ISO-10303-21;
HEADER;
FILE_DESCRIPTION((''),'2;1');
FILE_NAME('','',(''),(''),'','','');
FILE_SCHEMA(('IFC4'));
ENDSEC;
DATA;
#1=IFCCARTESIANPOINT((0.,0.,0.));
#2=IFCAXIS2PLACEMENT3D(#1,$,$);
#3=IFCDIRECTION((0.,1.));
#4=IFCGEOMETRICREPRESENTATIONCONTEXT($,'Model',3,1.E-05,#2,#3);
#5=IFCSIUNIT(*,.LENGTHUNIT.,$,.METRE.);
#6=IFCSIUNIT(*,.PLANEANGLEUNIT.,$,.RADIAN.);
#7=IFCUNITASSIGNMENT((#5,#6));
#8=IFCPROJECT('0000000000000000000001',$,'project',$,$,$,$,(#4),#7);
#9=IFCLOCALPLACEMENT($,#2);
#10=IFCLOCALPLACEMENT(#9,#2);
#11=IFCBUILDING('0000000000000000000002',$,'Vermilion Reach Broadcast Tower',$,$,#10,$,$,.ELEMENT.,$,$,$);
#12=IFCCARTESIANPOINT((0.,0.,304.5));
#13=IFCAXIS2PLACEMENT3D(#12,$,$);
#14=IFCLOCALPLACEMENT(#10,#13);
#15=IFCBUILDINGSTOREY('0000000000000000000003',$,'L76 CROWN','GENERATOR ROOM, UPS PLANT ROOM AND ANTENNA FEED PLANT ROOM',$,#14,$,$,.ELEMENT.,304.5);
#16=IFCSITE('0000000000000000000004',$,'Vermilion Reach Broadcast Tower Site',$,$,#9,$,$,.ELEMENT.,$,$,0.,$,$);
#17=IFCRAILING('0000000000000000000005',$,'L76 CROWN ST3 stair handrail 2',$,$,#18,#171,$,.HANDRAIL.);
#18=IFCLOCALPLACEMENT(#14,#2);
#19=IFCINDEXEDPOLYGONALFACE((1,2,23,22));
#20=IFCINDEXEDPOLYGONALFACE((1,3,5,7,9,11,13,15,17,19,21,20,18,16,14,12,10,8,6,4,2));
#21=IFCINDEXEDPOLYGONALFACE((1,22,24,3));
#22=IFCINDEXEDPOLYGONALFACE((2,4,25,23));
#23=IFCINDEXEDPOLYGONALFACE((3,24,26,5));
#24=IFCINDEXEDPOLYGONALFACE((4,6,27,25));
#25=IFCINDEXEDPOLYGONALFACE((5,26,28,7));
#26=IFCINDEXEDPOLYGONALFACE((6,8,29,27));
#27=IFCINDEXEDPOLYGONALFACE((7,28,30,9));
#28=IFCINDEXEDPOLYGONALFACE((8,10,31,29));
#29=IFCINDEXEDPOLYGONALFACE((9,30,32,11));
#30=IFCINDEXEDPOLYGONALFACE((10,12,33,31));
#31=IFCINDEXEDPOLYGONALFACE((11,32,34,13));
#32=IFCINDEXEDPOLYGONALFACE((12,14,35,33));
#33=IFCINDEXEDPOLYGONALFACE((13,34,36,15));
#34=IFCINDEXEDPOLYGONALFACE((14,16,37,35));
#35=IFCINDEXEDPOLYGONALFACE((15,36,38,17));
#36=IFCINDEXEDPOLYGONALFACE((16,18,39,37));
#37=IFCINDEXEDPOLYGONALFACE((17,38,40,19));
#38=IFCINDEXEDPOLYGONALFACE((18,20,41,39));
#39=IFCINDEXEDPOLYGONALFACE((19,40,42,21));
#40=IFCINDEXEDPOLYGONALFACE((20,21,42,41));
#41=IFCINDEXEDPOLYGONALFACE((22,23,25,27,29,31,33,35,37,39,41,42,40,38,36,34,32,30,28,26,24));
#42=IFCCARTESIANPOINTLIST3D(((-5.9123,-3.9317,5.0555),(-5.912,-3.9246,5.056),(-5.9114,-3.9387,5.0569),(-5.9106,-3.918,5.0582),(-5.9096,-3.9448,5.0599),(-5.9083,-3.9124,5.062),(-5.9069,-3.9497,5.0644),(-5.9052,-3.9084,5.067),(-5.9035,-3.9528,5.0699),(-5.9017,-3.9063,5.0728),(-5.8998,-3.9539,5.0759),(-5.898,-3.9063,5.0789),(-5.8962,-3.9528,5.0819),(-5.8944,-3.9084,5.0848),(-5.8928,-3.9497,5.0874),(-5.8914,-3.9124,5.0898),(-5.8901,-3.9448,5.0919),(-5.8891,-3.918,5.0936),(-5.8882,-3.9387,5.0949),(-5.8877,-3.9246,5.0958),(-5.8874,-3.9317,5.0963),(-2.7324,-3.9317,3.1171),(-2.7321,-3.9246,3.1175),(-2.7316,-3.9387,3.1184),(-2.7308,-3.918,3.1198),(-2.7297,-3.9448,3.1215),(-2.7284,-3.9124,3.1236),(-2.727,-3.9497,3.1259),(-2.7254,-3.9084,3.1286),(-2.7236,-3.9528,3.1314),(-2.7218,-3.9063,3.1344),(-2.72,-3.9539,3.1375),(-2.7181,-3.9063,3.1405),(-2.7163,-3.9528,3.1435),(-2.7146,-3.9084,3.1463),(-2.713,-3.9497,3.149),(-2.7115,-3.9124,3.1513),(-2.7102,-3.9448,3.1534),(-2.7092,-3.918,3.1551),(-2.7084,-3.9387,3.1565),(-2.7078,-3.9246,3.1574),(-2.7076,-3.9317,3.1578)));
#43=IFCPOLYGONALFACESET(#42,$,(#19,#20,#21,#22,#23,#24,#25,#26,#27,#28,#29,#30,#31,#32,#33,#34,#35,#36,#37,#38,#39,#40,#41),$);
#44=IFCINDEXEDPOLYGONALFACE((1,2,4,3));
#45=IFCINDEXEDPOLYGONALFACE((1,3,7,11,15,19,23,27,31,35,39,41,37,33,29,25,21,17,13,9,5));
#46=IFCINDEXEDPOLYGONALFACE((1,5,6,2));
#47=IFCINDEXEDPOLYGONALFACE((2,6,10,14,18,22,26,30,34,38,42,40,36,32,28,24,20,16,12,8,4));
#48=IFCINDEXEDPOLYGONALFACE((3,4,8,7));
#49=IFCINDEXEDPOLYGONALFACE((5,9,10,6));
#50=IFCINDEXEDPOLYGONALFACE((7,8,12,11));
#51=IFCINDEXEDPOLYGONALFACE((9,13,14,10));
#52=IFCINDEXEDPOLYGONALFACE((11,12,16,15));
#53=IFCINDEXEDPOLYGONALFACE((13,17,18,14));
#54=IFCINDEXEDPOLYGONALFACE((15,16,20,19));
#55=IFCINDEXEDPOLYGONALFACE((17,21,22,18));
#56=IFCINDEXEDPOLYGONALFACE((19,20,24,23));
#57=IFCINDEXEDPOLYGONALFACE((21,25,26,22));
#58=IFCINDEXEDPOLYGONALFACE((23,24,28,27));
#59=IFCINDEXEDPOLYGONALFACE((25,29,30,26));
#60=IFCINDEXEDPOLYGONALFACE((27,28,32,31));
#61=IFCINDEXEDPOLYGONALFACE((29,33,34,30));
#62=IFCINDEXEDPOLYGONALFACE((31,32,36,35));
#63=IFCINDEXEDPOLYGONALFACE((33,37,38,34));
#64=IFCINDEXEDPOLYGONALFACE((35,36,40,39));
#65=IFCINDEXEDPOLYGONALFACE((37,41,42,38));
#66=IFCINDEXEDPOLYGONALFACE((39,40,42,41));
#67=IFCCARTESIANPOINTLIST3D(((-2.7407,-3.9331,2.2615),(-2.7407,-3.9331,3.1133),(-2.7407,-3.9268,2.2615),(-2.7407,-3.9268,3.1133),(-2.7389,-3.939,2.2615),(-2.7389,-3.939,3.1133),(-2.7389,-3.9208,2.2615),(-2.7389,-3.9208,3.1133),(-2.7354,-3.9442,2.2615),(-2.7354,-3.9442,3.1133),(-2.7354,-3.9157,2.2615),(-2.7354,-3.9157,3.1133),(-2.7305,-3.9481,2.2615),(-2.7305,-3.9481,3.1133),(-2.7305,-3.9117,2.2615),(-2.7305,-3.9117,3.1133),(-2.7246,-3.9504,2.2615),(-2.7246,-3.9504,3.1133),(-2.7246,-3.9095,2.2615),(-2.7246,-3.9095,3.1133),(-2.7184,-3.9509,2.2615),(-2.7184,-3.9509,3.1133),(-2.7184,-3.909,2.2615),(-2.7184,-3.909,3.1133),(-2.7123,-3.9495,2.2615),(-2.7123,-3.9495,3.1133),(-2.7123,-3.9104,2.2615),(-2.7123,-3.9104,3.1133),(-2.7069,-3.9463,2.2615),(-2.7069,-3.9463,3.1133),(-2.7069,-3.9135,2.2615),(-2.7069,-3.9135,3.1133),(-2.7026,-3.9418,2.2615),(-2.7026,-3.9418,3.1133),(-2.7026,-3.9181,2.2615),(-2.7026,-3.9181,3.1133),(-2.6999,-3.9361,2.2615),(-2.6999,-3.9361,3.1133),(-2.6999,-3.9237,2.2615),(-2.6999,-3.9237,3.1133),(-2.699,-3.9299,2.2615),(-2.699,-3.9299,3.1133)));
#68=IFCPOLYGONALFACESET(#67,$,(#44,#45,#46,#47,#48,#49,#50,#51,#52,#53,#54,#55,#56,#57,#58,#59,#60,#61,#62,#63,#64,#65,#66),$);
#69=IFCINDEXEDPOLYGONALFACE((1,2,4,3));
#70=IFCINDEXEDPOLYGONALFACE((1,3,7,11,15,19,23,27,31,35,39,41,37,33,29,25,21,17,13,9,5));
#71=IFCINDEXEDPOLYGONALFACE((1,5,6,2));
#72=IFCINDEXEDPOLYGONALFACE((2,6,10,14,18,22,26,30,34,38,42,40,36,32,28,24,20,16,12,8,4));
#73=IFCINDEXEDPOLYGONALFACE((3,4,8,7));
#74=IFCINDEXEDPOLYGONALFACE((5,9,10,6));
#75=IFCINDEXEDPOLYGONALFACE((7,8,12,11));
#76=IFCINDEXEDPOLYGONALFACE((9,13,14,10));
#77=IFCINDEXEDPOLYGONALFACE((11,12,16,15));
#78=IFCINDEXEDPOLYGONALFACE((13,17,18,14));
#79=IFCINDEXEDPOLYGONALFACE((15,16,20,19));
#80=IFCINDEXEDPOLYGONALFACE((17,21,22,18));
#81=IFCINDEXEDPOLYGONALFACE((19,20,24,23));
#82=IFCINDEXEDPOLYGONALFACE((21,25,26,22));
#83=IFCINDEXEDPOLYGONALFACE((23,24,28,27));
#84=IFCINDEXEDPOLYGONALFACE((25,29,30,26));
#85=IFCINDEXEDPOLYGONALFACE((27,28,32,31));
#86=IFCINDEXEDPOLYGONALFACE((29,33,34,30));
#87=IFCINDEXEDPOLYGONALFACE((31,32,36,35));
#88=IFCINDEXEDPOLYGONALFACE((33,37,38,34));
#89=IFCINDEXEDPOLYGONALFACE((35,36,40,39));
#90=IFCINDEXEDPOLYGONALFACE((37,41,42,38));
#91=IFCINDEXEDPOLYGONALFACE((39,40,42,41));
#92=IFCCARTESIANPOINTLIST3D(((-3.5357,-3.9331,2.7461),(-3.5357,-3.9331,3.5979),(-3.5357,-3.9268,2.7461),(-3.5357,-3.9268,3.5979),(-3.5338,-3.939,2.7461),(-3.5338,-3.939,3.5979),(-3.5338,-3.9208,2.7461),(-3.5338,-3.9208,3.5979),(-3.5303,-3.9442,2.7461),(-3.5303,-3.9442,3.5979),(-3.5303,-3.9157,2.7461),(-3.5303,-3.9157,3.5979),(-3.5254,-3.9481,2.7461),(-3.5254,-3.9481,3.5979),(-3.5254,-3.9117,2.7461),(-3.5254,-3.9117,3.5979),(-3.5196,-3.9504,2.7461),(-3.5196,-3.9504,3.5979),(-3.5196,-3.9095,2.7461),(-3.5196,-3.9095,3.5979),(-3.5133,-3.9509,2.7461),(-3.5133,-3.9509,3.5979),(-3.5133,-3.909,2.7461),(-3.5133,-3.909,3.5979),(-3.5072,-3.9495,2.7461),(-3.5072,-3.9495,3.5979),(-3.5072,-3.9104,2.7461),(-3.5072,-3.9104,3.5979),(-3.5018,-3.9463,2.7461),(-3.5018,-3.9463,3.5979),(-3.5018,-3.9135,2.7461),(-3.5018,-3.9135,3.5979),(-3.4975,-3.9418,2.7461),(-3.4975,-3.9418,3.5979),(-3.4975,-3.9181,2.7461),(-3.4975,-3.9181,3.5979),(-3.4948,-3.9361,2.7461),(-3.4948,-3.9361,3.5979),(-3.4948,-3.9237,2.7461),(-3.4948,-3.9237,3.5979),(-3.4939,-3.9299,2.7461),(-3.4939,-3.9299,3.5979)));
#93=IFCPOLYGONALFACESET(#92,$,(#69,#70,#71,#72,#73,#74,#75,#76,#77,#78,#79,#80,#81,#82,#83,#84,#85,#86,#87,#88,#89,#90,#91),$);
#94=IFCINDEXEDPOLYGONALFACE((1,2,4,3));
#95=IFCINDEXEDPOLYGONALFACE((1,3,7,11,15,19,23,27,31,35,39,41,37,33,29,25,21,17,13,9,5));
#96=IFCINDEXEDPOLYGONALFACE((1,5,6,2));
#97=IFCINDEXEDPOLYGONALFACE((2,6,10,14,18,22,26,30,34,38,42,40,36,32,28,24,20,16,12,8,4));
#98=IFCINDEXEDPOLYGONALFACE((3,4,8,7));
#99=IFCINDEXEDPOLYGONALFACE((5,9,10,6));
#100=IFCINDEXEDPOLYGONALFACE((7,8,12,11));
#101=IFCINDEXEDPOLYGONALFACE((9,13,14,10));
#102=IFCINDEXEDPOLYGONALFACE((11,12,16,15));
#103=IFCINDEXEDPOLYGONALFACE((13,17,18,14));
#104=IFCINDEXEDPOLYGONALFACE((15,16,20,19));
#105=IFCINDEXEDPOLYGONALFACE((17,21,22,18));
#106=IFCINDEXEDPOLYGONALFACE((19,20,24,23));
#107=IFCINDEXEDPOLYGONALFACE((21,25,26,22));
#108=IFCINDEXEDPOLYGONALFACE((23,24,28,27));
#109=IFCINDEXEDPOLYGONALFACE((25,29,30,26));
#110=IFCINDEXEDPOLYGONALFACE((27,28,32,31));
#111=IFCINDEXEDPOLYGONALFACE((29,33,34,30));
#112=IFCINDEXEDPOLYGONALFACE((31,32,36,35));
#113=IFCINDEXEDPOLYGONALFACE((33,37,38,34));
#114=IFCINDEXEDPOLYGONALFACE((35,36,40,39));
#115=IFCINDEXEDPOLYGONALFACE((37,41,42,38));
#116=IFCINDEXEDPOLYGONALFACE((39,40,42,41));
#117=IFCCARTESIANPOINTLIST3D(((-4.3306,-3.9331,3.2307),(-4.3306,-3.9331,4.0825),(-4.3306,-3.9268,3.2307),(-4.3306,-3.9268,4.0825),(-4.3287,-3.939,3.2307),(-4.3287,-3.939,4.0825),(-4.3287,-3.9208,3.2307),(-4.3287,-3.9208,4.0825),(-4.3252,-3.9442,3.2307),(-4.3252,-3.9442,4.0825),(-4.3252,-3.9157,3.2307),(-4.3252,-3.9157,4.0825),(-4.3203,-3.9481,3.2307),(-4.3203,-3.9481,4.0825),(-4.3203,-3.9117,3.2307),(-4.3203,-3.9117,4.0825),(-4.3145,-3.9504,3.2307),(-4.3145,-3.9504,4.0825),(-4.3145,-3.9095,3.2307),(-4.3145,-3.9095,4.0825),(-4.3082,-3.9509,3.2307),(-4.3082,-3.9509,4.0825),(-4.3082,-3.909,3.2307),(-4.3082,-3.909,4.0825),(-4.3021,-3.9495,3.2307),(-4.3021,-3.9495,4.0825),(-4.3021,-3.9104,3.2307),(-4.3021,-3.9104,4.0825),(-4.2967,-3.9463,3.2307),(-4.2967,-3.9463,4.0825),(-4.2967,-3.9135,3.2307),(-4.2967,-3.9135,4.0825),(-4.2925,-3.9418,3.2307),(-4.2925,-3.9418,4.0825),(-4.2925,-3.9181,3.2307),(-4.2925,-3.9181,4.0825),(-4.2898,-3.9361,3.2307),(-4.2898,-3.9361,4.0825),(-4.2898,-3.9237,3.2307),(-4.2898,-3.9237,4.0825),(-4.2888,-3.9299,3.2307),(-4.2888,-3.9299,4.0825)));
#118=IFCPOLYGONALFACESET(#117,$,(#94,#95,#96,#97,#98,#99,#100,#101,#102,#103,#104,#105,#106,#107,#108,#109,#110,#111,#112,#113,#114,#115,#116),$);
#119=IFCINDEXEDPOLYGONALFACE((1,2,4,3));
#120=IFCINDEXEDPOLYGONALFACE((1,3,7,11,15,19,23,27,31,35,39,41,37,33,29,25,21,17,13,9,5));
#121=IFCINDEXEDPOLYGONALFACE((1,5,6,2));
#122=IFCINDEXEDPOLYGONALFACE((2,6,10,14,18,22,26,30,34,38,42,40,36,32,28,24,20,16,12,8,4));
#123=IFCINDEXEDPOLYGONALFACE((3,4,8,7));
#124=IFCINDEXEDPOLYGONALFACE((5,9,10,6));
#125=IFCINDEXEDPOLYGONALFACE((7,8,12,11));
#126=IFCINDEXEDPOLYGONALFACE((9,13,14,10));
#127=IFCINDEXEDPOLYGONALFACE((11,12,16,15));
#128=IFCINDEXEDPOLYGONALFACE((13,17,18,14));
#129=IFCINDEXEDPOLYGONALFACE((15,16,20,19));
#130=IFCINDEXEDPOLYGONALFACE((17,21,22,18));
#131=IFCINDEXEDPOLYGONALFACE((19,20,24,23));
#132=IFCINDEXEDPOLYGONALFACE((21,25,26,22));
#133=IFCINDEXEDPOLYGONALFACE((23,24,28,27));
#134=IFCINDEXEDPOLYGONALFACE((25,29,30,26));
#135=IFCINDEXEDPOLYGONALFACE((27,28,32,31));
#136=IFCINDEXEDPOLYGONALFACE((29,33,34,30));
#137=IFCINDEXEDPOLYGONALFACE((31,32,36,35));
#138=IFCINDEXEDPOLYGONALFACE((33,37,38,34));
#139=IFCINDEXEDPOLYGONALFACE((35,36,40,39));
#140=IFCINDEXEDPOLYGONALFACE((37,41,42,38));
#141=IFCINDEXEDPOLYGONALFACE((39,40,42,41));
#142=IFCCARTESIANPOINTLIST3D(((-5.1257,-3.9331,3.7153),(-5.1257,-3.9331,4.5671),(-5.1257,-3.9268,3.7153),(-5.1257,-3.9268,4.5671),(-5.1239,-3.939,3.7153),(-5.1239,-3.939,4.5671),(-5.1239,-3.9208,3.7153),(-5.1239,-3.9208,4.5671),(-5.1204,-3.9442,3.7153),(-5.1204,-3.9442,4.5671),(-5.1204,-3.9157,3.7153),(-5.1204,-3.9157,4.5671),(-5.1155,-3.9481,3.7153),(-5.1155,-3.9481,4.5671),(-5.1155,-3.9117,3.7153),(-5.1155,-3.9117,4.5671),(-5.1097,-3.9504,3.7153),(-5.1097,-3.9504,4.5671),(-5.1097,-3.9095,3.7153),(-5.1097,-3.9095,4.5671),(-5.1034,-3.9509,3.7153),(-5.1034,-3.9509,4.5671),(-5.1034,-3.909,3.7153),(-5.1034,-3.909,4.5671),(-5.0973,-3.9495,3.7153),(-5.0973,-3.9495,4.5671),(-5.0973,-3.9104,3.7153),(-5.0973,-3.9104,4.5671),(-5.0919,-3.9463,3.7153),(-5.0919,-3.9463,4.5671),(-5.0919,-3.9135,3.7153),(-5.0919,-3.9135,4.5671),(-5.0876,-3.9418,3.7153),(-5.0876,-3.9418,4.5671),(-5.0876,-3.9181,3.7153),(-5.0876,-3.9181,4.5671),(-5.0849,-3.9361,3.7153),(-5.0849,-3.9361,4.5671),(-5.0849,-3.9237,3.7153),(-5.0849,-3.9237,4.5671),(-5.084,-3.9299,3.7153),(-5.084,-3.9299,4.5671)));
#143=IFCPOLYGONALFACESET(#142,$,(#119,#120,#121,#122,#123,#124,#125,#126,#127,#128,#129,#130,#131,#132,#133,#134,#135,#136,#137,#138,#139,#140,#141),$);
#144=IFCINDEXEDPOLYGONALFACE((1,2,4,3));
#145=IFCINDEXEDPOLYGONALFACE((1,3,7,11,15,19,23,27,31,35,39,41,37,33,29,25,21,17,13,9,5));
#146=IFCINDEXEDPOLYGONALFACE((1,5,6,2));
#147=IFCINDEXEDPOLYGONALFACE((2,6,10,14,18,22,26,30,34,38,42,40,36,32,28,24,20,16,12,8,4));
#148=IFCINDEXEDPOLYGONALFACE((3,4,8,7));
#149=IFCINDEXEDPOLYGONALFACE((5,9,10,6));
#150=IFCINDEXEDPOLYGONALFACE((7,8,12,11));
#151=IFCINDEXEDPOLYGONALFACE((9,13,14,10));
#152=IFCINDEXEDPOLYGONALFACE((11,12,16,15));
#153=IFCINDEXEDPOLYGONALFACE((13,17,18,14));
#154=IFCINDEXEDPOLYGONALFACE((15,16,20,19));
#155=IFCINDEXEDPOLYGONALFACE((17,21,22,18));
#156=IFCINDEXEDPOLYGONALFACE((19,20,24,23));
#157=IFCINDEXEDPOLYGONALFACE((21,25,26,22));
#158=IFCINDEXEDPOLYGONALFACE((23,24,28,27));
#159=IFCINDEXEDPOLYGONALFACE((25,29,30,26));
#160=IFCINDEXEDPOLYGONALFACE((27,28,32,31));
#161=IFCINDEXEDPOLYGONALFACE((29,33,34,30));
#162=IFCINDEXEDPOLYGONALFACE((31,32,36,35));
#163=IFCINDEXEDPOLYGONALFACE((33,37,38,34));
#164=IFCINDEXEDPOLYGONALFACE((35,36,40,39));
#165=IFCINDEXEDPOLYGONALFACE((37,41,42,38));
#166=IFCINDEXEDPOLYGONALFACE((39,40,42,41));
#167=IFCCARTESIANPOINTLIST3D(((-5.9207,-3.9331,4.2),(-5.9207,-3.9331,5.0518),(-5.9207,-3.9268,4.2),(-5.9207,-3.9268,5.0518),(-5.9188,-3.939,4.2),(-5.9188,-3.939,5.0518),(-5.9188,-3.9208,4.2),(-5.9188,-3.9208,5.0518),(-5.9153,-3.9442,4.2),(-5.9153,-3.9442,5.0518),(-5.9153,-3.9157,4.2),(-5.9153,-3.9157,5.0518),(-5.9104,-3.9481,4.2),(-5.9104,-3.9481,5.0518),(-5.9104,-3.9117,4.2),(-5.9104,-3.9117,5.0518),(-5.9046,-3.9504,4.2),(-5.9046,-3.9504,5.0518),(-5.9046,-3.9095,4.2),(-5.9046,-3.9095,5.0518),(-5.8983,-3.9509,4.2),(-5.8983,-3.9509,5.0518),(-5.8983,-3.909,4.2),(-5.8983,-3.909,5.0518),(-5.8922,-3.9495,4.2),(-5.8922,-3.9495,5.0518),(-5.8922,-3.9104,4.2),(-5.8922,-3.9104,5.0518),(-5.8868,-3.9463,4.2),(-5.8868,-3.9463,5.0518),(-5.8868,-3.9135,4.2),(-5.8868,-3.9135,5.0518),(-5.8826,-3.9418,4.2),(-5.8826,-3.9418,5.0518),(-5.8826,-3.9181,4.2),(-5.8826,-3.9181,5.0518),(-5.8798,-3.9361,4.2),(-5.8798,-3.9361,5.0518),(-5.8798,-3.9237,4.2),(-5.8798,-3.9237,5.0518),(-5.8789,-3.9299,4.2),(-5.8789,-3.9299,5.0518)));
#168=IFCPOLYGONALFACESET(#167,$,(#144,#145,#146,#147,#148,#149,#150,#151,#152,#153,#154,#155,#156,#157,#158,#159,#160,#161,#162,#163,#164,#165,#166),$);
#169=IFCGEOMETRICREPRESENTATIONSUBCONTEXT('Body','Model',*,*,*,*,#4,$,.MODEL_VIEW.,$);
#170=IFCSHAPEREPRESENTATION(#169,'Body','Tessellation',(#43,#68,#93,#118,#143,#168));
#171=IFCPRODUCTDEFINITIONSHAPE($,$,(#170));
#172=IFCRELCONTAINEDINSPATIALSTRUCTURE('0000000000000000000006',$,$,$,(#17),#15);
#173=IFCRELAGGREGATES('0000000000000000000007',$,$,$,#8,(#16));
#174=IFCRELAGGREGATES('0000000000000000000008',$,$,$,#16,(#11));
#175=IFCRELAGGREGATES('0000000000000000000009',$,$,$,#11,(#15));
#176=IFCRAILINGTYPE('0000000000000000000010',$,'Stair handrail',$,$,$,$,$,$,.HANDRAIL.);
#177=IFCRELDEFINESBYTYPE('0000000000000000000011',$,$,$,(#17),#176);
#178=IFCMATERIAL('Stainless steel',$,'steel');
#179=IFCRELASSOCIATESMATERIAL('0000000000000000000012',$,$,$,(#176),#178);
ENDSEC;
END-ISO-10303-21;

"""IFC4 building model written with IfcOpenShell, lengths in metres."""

from ifc_helpers import new_model, si_unit, direction, frame, origin, origin_2d, place, context, subcontext, project, spatial, circle, extrude, material, type_object, element, save


model = new_model("IFC4")

# Units and contexts
model_context = context("Model", 3, precision=1e-05, world=origin(), true_north=direction((0.0, 1.0)))
body_context = subcontext(model_context, "Body", "Model", "MODEL_VIEW")
ifc_project = project(units=[si_unit("LENGTHUNIT", "METRE"), si_unit("PLANEANGLEUNIT", "RADIAN")], contexts=[model_context])

# Site, building, storey
site_placement = place(None, origin())
site = spatial("IfcSite", under=ifc_project, at=site_placement, Name="Vermilion Reach Broadcast Tower Site", CompositionType="ELEMENT", RefElevation=0.0)
building_placement = place(site_placement, origin())
building = spatial("IfcBuilding", under=site, at=building_placement, Name="Vermilion Reach Broadcast Tower", CompositionType="ELEMENT")
storey_placement = place(building_placement, frame((0.0, 0.0, 304.5)))
storey = spatial("IfcBuildingStorey", under=building, at=storey_placement, Name="L76 CROWN", Description="GENERATOR ROOM, UPS PLANT ROOM AND ANTENNA FEED PLANT ROOM", CompositionType="ELEMENT", Elevation=304.5)

# Railing
ifc_material_1 = material(Name="Stainless steel", Category="steel")
railing_type_1 = type_object("IfcRailingType", Name="Stair handrail", PredefinedType="HANDRAIL", material=ifc_material_1)
railing_1_placement = place(storey_placement, frame((-2.72, -3.9299, 2.2615)))
element("IfcRailing", 1, at=railing_1_placement, inside=storey, type_object=railing_type_1, Name="L76 CROWN ST3 stair handrail 2", PredefinedType="HANDRAIL", context=body_context, shape_type="SweptSolid", body=[
    extrude(circle(Radius=0.0239, at=origin_2d()), frame((0.0, 0.0, 0.876), z_axis=(-0.853857, 0.0, 0.520508), x_axis=(0.0, -1.0, 0.0)), (0.0, 0.0, 1.0), 3.7241),
    extrude(circle(Radius=0.021, at=origin_2d()), origin(), (0.0, 0.0, 1.0), 0.8518),
    extrude(circle(Radius=0.021, at=origin_2d()), frame((-0.7949, 0.0, 0.4846)), (0.0, 0.0, 1.0), 0.8518),
    extrude(circle(Radius=0.021, at=origin_2d()), frame((-1.5898, 0.0, 0.9692)), (0.0, 0.0, 1.0), 0.8518),
    extrude(circle(Radius=0.021, at=origin_2d()), frame((-2.385, 0.0, 1.4539)), (0.0, 0.0, 1.0), 0.8518),
    extrude(circle(Radius=0.021, at=origin_2d()), frame((-3.1799, 0.0, 1.9385)), (0.0, 0.0, 1.0), 0.8518),
])

save(model, "model.ifc")
